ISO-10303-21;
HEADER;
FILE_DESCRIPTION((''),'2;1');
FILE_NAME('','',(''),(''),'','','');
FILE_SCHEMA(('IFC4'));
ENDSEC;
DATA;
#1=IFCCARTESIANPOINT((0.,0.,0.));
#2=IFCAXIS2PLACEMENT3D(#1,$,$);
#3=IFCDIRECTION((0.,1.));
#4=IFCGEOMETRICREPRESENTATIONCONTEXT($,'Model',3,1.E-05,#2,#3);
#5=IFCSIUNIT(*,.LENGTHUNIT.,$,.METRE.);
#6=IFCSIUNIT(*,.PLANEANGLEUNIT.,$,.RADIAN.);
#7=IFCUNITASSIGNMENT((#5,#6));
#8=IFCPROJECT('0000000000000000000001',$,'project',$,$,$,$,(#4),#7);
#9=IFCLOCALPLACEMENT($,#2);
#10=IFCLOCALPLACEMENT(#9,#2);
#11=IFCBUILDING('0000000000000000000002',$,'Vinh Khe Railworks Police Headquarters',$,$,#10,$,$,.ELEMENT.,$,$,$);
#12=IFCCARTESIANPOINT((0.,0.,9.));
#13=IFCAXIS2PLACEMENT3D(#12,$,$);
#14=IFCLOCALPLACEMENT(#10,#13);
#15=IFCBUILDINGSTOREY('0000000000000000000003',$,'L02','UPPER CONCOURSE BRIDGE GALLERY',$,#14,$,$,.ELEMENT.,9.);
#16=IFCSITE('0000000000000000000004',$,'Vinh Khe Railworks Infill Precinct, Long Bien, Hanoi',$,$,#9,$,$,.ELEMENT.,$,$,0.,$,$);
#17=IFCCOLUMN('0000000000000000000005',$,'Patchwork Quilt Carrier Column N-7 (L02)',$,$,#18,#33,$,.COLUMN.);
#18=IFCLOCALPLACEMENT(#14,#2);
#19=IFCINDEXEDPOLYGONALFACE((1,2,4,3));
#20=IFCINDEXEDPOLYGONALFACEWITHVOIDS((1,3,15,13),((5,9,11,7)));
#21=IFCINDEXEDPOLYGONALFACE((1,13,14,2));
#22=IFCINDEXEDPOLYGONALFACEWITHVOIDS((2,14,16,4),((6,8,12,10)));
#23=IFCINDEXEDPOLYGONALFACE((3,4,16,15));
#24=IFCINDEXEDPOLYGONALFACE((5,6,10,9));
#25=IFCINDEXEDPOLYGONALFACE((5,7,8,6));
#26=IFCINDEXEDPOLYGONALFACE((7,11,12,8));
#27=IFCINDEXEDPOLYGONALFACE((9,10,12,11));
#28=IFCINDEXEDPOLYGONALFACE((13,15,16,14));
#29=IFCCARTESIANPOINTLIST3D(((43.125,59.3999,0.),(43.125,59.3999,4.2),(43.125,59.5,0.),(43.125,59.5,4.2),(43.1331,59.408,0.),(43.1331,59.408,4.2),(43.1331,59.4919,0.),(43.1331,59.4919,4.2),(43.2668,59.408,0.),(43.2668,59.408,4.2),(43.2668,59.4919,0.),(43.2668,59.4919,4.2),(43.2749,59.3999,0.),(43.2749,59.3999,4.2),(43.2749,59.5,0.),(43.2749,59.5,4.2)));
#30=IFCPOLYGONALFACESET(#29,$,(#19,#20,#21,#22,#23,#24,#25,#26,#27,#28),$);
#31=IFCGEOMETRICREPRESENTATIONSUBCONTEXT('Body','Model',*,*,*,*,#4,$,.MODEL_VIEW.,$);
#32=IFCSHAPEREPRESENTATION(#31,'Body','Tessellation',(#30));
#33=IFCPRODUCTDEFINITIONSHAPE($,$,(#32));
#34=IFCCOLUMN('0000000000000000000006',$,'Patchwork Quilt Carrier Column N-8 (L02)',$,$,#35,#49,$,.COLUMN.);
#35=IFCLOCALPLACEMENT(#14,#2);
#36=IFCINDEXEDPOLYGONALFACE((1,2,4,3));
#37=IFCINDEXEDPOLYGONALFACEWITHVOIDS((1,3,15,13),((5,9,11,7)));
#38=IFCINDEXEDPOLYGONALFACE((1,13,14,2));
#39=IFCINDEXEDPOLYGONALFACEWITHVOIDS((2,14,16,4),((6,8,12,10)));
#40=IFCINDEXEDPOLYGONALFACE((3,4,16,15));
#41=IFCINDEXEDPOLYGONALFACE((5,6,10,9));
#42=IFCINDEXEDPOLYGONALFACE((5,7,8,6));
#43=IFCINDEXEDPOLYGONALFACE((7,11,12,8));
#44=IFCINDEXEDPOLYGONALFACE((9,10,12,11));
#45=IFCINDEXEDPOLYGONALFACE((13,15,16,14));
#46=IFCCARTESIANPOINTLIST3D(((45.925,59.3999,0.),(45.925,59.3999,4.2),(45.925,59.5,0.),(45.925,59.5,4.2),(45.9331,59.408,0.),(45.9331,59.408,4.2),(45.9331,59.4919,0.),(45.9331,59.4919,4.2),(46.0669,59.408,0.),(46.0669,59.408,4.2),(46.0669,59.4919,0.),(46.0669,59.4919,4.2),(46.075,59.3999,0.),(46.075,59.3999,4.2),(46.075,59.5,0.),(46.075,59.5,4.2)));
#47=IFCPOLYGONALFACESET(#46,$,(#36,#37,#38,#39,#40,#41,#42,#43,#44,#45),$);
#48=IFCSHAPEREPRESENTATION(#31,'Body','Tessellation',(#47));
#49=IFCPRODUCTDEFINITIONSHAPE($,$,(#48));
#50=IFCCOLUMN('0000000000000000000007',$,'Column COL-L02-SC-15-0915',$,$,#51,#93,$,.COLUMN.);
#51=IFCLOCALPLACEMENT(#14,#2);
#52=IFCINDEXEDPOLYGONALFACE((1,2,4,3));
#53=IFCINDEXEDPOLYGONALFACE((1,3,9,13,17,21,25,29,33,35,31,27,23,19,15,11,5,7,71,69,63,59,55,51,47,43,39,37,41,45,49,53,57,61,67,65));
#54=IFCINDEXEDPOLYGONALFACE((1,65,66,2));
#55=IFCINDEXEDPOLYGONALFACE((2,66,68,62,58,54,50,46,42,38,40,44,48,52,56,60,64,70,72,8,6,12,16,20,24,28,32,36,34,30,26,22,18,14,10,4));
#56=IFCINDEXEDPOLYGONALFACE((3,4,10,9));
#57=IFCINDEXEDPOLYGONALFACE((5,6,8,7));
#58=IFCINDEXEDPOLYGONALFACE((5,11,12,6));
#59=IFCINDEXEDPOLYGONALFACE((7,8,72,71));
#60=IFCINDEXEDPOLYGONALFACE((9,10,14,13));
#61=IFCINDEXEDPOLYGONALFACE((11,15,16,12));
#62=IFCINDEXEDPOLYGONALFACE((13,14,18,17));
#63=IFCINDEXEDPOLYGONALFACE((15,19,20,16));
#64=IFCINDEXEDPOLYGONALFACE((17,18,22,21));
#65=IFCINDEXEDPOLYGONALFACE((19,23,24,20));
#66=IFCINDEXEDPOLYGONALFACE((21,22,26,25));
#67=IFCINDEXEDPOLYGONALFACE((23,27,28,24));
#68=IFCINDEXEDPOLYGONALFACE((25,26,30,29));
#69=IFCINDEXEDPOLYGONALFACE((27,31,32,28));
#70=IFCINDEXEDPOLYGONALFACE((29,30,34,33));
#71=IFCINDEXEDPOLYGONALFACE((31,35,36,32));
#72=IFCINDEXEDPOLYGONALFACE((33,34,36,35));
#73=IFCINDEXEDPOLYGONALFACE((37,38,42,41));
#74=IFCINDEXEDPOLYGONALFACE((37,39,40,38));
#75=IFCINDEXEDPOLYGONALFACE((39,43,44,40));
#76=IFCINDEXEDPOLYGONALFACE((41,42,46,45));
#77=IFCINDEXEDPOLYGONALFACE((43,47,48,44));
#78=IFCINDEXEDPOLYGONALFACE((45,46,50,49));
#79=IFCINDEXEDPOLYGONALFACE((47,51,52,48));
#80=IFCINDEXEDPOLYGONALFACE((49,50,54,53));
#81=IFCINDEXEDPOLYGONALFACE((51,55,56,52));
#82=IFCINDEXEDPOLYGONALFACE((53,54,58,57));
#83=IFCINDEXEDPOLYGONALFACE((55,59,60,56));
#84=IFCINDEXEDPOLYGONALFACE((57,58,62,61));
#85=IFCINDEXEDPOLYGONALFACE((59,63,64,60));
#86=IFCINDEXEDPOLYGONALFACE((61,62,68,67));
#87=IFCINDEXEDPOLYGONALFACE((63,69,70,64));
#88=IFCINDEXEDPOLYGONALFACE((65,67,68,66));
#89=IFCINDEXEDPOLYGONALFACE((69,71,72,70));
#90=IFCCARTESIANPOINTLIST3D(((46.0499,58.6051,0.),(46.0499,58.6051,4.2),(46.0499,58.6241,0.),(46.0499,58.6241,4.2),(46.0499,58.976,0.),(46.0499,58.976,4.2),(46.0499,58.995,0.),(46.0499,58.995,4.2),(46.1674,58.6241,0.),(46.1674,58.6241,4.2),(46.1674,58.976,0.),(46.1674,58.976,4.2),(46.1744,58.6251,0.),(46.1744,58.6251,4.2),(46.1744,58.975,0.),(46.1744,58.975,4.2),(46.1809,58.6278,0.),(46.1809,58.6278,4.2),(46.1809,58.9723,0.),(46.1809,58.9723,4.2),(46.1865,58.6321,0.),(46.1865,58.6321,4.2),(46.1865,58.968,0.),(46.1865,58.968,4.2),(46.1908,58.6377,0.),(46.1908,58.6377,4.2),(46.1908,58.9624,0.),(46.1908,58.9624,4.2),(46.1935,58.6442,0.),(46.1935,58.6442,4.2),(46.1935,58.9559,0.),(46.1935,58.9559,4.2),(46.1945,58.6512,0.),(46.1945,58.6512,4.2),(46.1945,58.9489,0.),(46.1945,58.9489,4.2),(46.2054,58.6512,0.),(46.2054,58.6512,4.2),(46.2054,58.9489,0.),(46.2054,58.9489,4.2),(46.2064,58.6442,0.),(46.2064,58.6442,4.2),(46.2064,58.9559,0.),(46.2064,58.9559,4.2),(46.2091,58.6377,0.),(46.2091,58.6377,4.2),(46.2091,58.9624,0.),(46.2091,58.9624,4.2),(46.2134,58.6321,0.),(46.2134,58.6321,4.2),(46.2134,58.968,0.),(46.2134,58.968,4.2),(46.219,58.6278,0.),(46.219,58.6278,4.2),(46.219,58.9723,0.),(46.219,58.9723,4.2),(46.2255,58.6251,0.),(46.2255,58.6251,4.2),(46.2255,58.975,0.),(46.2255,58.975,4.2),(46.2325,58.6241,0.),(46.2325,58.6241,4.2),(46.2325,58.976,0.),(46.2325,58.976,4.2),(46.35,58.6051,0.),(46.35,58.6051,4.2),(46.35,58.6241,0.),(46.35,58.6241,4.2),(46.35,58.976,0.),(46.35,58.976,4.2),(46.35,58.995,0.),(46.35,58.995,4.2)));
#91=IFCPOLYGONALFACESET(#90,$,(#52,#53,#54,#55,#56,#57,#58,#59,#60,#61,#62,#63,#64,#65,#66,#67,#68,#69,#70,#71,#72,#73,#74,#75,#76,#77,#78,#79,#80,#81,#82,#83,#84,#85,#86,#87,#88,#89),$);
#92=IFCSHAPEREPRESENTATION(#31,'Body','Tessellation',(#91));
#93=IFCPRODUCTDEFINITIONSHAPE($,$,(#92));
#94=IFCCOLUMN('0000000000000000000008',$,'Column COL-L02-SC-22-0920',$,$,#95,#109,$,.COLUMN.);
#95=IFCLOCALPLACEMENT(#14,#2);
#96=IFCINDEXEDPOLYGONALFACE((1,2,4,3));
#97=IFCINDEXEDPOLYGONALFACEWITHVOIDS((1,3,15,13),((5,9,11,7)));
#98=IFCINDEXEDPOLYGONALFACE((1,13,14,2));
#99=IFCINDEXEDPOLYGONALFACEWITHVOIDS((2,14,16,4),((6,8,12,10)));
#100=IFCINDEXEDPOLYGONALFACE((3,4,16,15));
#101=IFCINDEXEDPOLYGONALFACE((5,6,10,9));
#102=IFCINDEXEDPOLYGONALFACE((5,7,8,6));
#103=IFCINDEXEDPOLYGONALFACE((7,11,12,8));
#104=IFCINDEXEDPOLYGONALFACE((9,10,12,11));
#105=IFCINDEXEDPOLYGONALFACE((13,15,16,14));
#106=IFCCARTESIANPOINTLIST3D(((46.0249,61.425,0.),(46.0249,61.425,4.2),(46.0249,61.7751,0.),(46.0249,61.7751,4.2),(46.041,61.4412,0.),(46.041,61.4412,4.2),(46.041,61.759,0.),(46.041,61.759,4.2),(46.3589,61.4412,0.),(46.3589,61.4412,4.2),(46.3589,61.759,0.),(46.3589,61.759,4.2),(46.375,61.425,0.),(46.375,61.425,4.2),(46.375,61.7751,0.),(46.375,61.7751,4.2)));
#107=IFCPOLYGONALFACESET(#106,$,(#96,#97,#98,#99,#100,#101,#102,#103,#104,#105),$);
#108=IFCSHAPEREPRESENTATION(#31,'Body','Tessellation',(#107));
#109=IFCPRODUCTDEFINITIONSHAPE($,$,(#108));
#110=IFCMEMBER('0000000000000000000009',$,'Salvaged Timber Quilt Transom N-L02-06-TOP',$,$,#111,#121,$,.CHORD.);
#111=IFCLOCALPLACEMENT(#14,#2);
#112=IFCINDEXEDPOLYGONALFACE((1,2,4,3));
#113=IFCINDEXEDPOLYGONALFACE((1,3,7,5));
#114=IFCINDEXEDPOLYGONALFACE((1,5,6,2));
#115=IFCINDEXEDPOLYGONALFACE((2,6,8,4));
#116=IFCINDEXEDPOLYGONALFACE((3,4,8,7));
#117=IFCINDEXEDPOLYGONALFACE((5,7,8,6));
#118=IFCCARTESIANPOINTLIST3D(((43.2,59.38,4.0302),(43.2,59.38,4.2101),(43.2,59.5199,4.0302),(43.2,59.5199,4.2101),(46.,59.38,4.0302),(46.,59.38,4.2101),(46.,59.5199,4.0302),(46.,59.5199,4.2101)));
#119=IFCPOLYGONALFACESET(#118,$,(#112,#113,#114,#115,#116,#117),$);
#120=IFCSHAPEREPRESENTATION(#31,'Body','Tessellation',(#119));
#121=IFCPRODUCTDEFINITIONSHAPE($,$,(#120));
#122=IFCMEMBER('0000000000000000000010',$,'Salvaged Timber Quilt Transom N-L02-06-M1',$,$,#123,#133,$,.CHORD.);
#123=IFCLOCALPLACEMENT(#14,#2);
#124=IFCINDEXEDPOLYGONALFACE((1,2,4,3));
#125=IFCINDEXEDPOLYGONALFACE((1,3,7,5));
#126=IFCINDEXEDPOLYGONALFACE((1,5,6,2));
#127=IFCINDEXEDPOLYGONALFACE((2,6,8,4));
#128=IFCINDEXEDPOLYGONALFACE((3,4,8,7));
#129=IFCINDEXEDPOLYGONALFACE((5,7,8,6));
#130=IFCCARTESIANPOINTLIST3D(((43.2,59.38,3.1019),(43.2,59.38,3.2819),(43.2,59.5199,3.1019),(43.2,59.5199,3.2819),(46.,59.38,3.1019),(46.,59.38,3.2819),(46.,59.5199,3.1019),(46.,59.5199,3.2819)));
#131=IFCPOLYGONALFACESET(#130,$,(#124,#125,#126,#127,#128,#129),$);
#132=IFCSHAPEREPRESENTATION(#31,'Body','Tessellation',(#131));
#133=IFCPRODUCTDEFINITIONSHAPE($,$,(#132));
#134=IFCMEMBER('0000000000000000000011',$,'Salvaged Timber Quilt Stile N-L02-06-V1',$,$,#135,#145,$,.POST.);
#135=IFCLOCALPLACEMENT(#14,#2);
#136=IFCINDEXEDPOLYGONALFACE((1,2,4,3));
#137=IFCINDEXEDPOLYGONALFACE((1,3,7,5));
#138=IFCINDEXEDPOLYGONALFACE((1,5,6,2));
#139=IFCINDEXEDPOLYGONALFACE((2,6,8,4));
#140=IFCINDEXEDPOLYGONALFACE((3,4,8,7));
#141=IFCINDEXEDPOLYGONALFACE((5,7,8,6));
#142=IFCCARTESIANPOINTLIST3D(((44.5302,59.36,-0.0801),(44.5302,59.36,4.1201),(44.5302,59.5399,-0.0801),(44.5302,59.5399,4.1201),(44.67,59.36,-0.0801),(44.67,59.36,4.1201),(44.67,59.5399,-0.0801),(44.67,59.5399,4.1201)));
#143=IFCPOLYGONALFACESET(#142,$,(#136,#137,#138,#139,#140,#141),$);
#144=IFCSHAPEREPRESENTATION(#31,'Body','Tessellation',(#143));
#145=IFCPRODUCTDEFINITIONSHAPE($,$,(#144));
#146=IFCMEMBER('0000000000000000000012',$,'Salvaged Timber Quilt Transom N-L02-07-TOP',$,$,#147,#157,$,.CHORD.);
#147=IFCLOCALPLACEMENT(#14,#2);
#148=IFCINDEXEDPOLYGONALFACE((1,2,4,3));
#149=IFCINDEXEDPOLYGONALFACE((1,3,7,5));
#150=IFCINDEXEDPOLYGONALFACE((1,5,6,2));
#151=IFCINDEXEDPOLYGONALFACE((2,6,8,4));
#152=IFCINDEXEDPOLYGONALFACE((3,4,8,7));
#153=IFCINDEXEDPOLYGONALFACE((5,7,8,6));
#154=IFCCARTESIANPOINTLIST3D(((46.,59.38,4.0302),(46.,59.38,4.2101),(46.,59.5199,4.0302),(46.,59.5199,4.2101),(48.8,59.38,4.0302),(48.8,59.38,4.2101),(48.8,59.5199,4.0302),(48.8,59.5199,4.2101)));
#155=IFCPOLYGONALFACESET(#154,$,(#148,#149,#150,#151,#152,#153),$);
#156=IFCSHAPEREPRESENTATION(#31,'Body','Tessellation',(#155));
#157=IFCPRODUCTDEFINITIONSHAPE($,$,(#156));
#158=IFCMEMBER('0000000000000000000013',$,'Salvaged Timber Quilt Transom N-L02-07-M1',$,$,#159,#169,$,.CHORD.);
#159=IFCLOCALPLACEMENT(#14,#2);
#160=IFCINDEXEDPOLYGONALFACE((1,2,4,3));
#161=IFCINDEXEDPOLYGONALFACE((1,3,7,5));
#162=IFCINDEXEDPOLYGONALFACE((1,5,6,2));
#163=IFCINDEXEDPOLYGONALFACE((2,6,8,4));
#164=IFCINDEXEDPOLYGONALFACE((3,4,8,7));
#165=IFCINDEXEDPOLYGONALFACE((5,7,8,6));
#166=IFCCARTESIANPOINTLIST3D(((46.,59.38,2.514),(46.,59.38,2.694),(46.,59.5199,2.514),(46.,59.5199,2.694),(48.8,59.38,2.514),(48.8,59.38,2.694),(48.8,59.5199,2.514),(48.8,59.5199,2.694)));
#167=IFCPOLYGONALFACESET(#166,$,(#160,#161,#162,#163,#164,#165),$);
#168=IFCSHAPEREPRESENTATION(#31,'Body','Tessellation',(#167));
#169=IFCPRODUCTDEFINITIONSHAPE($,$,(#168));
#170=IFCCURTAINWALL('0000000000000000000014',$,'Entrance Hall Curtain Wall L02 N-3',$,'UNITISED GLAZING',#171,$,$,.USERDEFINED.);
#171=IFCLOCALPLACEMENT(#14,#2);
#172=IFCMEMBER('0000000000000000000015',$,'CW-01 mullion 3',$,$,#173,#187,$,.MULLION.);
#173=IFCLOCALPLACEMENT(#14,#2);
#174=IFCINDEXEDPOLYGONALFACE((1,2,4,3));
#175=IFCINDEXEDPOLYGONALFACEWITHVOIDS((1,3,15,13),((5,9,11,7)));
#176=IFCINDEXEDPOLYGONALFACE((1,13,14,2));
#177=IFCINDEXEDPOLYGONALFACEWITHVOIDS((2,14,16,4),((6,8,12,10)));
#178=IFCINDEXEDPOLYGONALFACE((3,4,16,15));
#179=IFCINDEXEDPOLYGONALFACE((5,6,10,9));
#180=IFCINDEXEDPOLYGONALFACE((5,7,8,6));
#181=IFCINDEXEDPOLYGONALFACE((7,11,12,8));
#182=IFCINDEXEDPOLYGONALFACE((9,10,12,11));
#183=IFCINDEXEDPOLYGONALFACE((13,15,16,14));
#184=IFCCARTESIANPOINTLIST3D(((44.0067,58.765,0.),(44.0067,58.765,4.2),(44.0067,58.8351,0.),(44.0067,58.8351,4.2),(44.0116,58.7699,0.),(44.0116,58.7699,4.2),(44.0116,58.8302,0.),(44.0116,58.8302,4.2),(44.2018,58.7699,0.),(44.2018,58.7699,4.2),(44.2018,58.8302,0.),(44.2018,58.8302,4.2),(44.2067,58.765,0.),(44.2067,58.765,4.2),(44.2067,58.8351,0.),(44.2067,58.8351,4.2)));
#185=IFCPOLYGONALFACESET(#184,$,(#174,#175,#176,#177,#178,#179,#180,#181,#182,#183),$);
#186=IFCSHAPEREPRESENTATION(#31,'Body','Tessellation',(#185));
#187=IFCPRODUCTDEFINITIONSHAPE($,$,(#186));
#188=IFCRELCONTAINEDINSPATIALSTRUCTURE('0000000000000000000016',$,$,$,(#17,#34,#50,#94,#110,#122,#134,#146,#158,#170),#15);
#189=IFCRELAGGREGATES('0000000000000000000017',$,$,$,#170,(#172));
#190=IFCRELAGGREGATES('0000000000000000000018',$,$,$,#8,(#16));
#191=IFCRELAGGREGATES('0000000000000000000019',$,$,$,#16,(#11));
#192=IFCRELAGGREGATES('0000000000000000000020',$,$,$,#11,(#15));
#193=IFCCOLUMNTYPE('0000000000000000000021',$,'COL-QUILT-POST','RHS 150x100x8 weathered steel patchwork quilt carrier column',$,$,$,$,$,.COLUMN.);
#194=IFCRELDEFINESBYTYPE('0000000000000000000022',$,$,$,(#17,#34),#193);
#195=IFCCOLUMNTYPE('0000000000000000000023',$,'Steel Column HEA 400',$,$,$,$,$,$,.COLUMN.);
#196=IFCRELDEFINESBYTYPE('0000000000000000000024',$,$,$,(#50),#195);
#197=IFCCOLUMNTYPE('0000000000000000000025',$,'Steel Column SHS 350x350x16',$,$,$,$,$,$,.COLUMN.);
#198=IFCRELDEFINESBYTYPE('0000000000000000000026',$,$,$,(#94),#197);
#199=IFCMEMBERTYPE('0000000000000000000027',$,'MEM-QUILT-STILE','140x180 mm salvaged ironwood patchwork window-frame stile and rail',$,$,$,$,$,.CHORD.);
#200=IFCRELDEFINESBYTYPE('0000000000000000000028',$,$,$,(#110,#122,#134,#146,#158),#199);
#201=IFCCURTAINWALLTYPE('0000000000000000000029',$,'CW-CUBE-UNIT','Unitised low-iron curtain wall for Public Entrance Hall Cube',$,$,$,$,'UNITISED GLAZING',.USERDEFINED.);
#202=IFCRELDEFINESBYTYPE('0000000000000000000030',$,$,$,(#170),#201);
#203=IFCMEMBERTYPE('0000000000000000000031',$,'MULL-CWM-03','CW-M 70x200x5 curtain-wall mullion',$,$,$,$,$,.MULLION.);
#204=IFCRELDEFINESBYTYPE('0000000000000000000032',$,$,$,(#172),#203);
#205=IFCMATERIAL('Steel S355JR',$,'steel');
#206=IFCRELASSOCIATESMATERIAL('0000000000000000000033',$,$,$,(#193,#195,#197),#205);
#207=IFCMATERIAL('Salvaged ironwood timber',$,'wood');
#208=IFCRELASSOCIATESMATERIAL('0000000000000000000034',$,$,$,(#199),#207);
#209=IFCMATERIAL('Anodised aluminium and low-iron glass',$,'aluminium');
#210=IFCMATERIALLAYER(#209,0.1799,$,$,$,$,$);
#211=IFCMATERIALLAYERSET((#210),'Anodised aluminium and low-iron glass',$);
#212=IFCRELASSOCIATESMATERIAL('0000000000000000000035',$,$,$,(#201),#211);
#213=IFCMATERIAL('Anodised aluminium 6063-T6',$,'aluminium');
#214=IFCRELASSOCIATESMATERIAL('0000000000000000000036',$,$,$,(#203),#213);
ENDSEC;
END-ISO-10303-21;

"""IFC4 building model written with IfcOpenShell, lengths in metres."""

from ifc_helpers import new_model, si_unit, direction, frame, origin, origin_2d, place, context, subcontext, project, spatial, rectangle, hollow_rectangle, i_section, extrude, material, layer, layer_set, material_profile, profile_set, type_object, element, aggregate, save


model = new_model("IFC4")

# Units and contexts
model_context = context("Model", 3, precision=1e-05, world=origin(), true_north=direction((0.0, 1.0)))
body_context = subcontext(model_context, "Body", "Model", "MODEL_VIEW")
ifc_project = project(units=[si_unit("LENGTHUNIT", "METRE"), si_unit("PLANEANGLEUNIT", "RADIAN")], contexts=[model_context])

# Site, building, storey
site_placement = place(None, origin())
site = spatial("IfcSite", under=ifc_project, at=site_placement, Name="Vinh Khe Railworks Infill Precinct, Long Bien, Hanoi", CompositionType="ELEMENT", RefElevation=0.0)
building_placement = place(site_placement, origin())
building = spatial("IfcBuilding", under=site, at=building_placement, Name="Vinh Khe Railworks Police Headquarters", CompositionType="ELEMENT")
storey_placement = place(building_placement, frame((0.0, 0.0, 9.0)))
storey = spatial("IfcBuildingStorey", under=building, at=storey_placement, Name="L02", Description="UPPER CONCOURSE BRIDGE GALLERY", CompositionType="ELEMENT", Elevation=9.0)

# Columns
ifc_material_1 = material(Name="Steel S355JR", Category="steel")
ifc_material_profile_1 = material_profile(ifc_material_1, hollow_rectangle(XDim=0.1499, YDim=0.1001, WallThickness=0.0081, at=origin_2d()), Name="RHS 150x100x8")
ifc_profile_set_1 = profile_set([ifc_material_profile_1], Name="Steel S355JR")
column_type_1 = type_object("IfcColumnType", Name="COL-QUILT-POST", Description="RHS 150x100x8 weathered steel patchwork quilt carrier column", PredefinedType="COLUMN", material=ifc_profile_set_1)
for number, where, z_axis, x_axis, name in (
    (1, (43.2, 59.45, 0.0), (0.0, 0.0, 1.0), (1.0, 0.0, 0.0), "Patchwork Quilt Carrier Column N-7 (L02)"),
    (2, (46.0, 59.45, 0.0), (0.0, 0.0, 1.0), (1.0, 0.0, 0.0), "Patchwork Quilt Carrier Column N-8 (L02)"),
):
    element("IfcColumn", number, at=place(storey_placement, frame(where, z_axis=z_axis, x_axis=x_axis)), inside=storey, type_object=column_type_1, Name=name, PredefinedType="COLUMN", context=body_context, shape_type="SweptSolid", body=[
        extrude(hollow_rectangle(XDim=0.1499, YDim=0.1001, WallThickness=0.0081, at=origin_2d()), origin(), (0.0, 0.0, 1.0), 4.2),
    ])
ifc_material_profile_2 = material_profile(ifc_material_1, i_section(OverallWidth=0.3, OverallDepth=0.3899, WebThickness=0.011, FlangeThickness=0.019, FilletRadius=0.0271, at=origin_2d()), Name="HEA 400")
ifc_profile_set_2 = profile_set([ifc_material_profile_2], Name="Steel S355JR")
column_type_2 = type_object("IfcColumnType", Name="Steel Column HEA 400", PredefinedType="COLUMN", material=ifc_profile_set_2)
column_1_placement = place(storey_placement, frame((46.2, 58.8, 0.0), z_axis=(0.0, 0.0, 1.0), x_axis=(1.0, 0.0, 0.0)))
element("IfcColumn", 3, at=column_1_placement, inside=storey, type_object=column_type_2, Name="Column COL-L02-SC-15-0915", PredefinedType="COLUMN", context=body_context, shape_type="SweptSolid", body=[
    extrude(i_section(OverallWidth=0.3, OverallDepth=0.3899, WebThickness=0.011, FlangeThickness=0.019, FilletRadius=0.0271, at=origin_2d()), origin(), (0.0, 0.0, 1.0), 4.2),
])
ifc_material_profile_3 = material_profile(ifc_material_1, hollow_rectangle(XDim=0.3501, YDim=0.3501, WallThickness=0.0161, at=origin_2d()), Name="SHS 350x350x16")
ifc_profile_set_3 = profile_set([ifc_material_profile_3], Name="Steel S355JR")
column_type_3 = type_object("IfcColumnType", Name="Steel Column SHS 350x350x16", PredefinedType="COLUMN", material=ifc_profile_set_3)
column_2_placement = place(storey_placement, frame((46.2, 61.6001, 0.0), z_axis=(0.0, 0.0, 1.0), x_axis=(1.0, 0.0, 0.0)))
element("IfcColumn", 4, at=column_2_placement, inside=storey, type_object=column_type_3, Name="Column COL-L02-SC-22-0920", PredefinedType="COLUMN", context=body_context, shape_type="SweptSolid", body=[
    extrude(hollow_rectangle(XDim=0.3501, YDim=0.3501, WallThickness=0.0161, at=origin_2d()), origin(), (0.0, 0.0, 1.0), 4.2),
])

# Members
ifc_material_2 = material(Name="Salvaged ironwood timber", Category="wood")
ifc_material_profile_4 = material_profile(ifc_material_2, rectangle(XDim=0.1399, YDim=0.1799, at=origin_2d()), Name="TIMBER 140x180")
ifc_profile_set_4 = profile_set([ifc_material_profile_4], Name="Salvaged ironwood timber")
member_type_1 = type_object("IfcMemberType", Name="MEM-QUILT-STILE", Description="140x180 mm salvaged ironwood patchwork window-frame stile and rail", PredefinedType="CHORD", material=ifc_profile_set_4)
for number, where, z_axis, x_axis, name in (
    (5, (43.2, 59.45, 4.1201), (1.0, 0.0, 0.0), (0.0, 1.0, 0.0), "Salvaged Timber Quilt Transom N-L02-06-TOP"),
    (6, (43.2, 59.45, 3.1919), (1.0, 0.0, 0.0), (0.0, 1.0, 0.0), "Salvaged Timber Quilt Transom N-L02-06-M1"),
):
    element("IfcMember", number, at=place(storey_placement, frame(where, z_axis=z_axis, x_axis=x_axis)), inside=storey, type_object=member_type_1, Name=name, PredefinedType="CHORD", context=body_context, shape_type="SweptSolid", body=[
        extrude(rectangle(XDim=0.1399, YDim=0.1799, at=origin_2d()), origin(), (0.0, 0.0, 1.0), 2.8),
    ])
member_1_placement = place(storey_placement, frame((44.6001, 59.45, -0.0801), z_axis=(0.0, 0.0, 1.0), x_axis=(1.0, 0.0, 0.0)))
element("IfcMember", 7, at=member_1_placement, inside=storey, type_object=member_type_1, Name="Salvaged Timber Quilt Stile N-L02-06-V1", PredefinedType="POST", context=body_context, shape_type="SweptSolid", body=[
    extrude(rectangle(XDim=0.1399, YDim=0.1799, at=origin_2d()), origin(), (0.0, 0.0, 1.0), 4.2002),
])
for number, where, z_axis, x_axis, name in (
    (8, (46.0, 59.45, 4.1201), (1.0, 0.0, 0.0), (0.0, 1.0, 0.0), "Salvaged Timber Quilt Transom N-L02-07-TOP"),
    (9, (46.0, 59.45, 2.604), (1.0, 0.0, 0.0), (0.0, 1.0, 0.0), "Salvaged Timber Quilt Transom N-L02-07-M1"),
):
    element("IfcMember", number, at=place(storey_placement, frame(where, z_axis=z_axis, x_axis=x_axis)), inside=storey, type_object=member_type_1, Name=name, PredefinedType="CHORD", context=body_context, shape_type="SweptSolid", body=[
        extrude(rectangle(XDim=0.1399, YDim=0.1799, at=origin_2d()), origin(), (0.0, 0.0, 1.0), 2.8),
    ])

# Curtain wall, member
ifc_material_3 = material(Name="Anodised aluminium and low-iron glass", Category="aluminium")
ifc_layer_1 = layer(ifc_material_3, 0.1799)
ifc_layer_set_1 = layer_set([ifc_layer_1], Name="Anodised aluminium and low-iron glass")
curtain_wall_type = type_object("IfcCurtainWallType", Name="CW-CUBE-UNIT", Description="Unitised low-iron curtain wall for Public Entrance Hall Cube", ElementType="UNITISED GLAZING", PredefinedType="USERDEFINED", material=ifc_layer_set_1)
curtain_wall_placement = place(storey_placement, origin())
curtain_wall = element("IfcCurtainWall", 10, at=curtain_wall_placement, inside=storey, type_object=curtain_wall_type, Name="Entrance Hall Curtain Wall L02 N-3", ObjectType="UNITISED GLAZING", PredefinedType="USERDEFINED")
ifc_material_4 = material(Name="Anodised aluminium 6063-T6", Category="aluminium")
ifc_material_profile_5 = material_profile(ifc_material_4, hollow_rectangle(XDim=0.0701, YDim=0.2, WallThickness=0.0049, at=origin_2d()), Name="CW-M 70x200x5")
ifc_profile_set_5 = profile_set([ifc_material_profile_5], Name="Anodised aluminium 6063-T6")
member_type_2 = type_object("IfcMemberType", Name="MULL-CWM-03", Description="CW-M 70x200x5 curtain-wall mullion", PredefinedType="MULLION", material=ifc_profile_set_5)
member_2_placement = place(storey_placement, frame((44.1067, 58.8, 0.0), z_axis=(0.0, 0.0, 1.0), x_axis=(0.0, 1.0, 0.0)))
member_2 = element("IfcMember", 11, at=member_2_placement, type_object=member_type_2, Name="CW-01 mullion 3", PredefinedType="MULLION", context=body_context, shape_type="SweptSolid", body=[
    extrude(hollow_rectangle(XDim=0.0701, YDim=0.2, WallThickness=0.0049, at=origin_2d()), origin(), (0.0, 0.0, 1.0), 4.2),
])
aggregate(curtain_wall, [member_2])

save(model, "model.ifc")
